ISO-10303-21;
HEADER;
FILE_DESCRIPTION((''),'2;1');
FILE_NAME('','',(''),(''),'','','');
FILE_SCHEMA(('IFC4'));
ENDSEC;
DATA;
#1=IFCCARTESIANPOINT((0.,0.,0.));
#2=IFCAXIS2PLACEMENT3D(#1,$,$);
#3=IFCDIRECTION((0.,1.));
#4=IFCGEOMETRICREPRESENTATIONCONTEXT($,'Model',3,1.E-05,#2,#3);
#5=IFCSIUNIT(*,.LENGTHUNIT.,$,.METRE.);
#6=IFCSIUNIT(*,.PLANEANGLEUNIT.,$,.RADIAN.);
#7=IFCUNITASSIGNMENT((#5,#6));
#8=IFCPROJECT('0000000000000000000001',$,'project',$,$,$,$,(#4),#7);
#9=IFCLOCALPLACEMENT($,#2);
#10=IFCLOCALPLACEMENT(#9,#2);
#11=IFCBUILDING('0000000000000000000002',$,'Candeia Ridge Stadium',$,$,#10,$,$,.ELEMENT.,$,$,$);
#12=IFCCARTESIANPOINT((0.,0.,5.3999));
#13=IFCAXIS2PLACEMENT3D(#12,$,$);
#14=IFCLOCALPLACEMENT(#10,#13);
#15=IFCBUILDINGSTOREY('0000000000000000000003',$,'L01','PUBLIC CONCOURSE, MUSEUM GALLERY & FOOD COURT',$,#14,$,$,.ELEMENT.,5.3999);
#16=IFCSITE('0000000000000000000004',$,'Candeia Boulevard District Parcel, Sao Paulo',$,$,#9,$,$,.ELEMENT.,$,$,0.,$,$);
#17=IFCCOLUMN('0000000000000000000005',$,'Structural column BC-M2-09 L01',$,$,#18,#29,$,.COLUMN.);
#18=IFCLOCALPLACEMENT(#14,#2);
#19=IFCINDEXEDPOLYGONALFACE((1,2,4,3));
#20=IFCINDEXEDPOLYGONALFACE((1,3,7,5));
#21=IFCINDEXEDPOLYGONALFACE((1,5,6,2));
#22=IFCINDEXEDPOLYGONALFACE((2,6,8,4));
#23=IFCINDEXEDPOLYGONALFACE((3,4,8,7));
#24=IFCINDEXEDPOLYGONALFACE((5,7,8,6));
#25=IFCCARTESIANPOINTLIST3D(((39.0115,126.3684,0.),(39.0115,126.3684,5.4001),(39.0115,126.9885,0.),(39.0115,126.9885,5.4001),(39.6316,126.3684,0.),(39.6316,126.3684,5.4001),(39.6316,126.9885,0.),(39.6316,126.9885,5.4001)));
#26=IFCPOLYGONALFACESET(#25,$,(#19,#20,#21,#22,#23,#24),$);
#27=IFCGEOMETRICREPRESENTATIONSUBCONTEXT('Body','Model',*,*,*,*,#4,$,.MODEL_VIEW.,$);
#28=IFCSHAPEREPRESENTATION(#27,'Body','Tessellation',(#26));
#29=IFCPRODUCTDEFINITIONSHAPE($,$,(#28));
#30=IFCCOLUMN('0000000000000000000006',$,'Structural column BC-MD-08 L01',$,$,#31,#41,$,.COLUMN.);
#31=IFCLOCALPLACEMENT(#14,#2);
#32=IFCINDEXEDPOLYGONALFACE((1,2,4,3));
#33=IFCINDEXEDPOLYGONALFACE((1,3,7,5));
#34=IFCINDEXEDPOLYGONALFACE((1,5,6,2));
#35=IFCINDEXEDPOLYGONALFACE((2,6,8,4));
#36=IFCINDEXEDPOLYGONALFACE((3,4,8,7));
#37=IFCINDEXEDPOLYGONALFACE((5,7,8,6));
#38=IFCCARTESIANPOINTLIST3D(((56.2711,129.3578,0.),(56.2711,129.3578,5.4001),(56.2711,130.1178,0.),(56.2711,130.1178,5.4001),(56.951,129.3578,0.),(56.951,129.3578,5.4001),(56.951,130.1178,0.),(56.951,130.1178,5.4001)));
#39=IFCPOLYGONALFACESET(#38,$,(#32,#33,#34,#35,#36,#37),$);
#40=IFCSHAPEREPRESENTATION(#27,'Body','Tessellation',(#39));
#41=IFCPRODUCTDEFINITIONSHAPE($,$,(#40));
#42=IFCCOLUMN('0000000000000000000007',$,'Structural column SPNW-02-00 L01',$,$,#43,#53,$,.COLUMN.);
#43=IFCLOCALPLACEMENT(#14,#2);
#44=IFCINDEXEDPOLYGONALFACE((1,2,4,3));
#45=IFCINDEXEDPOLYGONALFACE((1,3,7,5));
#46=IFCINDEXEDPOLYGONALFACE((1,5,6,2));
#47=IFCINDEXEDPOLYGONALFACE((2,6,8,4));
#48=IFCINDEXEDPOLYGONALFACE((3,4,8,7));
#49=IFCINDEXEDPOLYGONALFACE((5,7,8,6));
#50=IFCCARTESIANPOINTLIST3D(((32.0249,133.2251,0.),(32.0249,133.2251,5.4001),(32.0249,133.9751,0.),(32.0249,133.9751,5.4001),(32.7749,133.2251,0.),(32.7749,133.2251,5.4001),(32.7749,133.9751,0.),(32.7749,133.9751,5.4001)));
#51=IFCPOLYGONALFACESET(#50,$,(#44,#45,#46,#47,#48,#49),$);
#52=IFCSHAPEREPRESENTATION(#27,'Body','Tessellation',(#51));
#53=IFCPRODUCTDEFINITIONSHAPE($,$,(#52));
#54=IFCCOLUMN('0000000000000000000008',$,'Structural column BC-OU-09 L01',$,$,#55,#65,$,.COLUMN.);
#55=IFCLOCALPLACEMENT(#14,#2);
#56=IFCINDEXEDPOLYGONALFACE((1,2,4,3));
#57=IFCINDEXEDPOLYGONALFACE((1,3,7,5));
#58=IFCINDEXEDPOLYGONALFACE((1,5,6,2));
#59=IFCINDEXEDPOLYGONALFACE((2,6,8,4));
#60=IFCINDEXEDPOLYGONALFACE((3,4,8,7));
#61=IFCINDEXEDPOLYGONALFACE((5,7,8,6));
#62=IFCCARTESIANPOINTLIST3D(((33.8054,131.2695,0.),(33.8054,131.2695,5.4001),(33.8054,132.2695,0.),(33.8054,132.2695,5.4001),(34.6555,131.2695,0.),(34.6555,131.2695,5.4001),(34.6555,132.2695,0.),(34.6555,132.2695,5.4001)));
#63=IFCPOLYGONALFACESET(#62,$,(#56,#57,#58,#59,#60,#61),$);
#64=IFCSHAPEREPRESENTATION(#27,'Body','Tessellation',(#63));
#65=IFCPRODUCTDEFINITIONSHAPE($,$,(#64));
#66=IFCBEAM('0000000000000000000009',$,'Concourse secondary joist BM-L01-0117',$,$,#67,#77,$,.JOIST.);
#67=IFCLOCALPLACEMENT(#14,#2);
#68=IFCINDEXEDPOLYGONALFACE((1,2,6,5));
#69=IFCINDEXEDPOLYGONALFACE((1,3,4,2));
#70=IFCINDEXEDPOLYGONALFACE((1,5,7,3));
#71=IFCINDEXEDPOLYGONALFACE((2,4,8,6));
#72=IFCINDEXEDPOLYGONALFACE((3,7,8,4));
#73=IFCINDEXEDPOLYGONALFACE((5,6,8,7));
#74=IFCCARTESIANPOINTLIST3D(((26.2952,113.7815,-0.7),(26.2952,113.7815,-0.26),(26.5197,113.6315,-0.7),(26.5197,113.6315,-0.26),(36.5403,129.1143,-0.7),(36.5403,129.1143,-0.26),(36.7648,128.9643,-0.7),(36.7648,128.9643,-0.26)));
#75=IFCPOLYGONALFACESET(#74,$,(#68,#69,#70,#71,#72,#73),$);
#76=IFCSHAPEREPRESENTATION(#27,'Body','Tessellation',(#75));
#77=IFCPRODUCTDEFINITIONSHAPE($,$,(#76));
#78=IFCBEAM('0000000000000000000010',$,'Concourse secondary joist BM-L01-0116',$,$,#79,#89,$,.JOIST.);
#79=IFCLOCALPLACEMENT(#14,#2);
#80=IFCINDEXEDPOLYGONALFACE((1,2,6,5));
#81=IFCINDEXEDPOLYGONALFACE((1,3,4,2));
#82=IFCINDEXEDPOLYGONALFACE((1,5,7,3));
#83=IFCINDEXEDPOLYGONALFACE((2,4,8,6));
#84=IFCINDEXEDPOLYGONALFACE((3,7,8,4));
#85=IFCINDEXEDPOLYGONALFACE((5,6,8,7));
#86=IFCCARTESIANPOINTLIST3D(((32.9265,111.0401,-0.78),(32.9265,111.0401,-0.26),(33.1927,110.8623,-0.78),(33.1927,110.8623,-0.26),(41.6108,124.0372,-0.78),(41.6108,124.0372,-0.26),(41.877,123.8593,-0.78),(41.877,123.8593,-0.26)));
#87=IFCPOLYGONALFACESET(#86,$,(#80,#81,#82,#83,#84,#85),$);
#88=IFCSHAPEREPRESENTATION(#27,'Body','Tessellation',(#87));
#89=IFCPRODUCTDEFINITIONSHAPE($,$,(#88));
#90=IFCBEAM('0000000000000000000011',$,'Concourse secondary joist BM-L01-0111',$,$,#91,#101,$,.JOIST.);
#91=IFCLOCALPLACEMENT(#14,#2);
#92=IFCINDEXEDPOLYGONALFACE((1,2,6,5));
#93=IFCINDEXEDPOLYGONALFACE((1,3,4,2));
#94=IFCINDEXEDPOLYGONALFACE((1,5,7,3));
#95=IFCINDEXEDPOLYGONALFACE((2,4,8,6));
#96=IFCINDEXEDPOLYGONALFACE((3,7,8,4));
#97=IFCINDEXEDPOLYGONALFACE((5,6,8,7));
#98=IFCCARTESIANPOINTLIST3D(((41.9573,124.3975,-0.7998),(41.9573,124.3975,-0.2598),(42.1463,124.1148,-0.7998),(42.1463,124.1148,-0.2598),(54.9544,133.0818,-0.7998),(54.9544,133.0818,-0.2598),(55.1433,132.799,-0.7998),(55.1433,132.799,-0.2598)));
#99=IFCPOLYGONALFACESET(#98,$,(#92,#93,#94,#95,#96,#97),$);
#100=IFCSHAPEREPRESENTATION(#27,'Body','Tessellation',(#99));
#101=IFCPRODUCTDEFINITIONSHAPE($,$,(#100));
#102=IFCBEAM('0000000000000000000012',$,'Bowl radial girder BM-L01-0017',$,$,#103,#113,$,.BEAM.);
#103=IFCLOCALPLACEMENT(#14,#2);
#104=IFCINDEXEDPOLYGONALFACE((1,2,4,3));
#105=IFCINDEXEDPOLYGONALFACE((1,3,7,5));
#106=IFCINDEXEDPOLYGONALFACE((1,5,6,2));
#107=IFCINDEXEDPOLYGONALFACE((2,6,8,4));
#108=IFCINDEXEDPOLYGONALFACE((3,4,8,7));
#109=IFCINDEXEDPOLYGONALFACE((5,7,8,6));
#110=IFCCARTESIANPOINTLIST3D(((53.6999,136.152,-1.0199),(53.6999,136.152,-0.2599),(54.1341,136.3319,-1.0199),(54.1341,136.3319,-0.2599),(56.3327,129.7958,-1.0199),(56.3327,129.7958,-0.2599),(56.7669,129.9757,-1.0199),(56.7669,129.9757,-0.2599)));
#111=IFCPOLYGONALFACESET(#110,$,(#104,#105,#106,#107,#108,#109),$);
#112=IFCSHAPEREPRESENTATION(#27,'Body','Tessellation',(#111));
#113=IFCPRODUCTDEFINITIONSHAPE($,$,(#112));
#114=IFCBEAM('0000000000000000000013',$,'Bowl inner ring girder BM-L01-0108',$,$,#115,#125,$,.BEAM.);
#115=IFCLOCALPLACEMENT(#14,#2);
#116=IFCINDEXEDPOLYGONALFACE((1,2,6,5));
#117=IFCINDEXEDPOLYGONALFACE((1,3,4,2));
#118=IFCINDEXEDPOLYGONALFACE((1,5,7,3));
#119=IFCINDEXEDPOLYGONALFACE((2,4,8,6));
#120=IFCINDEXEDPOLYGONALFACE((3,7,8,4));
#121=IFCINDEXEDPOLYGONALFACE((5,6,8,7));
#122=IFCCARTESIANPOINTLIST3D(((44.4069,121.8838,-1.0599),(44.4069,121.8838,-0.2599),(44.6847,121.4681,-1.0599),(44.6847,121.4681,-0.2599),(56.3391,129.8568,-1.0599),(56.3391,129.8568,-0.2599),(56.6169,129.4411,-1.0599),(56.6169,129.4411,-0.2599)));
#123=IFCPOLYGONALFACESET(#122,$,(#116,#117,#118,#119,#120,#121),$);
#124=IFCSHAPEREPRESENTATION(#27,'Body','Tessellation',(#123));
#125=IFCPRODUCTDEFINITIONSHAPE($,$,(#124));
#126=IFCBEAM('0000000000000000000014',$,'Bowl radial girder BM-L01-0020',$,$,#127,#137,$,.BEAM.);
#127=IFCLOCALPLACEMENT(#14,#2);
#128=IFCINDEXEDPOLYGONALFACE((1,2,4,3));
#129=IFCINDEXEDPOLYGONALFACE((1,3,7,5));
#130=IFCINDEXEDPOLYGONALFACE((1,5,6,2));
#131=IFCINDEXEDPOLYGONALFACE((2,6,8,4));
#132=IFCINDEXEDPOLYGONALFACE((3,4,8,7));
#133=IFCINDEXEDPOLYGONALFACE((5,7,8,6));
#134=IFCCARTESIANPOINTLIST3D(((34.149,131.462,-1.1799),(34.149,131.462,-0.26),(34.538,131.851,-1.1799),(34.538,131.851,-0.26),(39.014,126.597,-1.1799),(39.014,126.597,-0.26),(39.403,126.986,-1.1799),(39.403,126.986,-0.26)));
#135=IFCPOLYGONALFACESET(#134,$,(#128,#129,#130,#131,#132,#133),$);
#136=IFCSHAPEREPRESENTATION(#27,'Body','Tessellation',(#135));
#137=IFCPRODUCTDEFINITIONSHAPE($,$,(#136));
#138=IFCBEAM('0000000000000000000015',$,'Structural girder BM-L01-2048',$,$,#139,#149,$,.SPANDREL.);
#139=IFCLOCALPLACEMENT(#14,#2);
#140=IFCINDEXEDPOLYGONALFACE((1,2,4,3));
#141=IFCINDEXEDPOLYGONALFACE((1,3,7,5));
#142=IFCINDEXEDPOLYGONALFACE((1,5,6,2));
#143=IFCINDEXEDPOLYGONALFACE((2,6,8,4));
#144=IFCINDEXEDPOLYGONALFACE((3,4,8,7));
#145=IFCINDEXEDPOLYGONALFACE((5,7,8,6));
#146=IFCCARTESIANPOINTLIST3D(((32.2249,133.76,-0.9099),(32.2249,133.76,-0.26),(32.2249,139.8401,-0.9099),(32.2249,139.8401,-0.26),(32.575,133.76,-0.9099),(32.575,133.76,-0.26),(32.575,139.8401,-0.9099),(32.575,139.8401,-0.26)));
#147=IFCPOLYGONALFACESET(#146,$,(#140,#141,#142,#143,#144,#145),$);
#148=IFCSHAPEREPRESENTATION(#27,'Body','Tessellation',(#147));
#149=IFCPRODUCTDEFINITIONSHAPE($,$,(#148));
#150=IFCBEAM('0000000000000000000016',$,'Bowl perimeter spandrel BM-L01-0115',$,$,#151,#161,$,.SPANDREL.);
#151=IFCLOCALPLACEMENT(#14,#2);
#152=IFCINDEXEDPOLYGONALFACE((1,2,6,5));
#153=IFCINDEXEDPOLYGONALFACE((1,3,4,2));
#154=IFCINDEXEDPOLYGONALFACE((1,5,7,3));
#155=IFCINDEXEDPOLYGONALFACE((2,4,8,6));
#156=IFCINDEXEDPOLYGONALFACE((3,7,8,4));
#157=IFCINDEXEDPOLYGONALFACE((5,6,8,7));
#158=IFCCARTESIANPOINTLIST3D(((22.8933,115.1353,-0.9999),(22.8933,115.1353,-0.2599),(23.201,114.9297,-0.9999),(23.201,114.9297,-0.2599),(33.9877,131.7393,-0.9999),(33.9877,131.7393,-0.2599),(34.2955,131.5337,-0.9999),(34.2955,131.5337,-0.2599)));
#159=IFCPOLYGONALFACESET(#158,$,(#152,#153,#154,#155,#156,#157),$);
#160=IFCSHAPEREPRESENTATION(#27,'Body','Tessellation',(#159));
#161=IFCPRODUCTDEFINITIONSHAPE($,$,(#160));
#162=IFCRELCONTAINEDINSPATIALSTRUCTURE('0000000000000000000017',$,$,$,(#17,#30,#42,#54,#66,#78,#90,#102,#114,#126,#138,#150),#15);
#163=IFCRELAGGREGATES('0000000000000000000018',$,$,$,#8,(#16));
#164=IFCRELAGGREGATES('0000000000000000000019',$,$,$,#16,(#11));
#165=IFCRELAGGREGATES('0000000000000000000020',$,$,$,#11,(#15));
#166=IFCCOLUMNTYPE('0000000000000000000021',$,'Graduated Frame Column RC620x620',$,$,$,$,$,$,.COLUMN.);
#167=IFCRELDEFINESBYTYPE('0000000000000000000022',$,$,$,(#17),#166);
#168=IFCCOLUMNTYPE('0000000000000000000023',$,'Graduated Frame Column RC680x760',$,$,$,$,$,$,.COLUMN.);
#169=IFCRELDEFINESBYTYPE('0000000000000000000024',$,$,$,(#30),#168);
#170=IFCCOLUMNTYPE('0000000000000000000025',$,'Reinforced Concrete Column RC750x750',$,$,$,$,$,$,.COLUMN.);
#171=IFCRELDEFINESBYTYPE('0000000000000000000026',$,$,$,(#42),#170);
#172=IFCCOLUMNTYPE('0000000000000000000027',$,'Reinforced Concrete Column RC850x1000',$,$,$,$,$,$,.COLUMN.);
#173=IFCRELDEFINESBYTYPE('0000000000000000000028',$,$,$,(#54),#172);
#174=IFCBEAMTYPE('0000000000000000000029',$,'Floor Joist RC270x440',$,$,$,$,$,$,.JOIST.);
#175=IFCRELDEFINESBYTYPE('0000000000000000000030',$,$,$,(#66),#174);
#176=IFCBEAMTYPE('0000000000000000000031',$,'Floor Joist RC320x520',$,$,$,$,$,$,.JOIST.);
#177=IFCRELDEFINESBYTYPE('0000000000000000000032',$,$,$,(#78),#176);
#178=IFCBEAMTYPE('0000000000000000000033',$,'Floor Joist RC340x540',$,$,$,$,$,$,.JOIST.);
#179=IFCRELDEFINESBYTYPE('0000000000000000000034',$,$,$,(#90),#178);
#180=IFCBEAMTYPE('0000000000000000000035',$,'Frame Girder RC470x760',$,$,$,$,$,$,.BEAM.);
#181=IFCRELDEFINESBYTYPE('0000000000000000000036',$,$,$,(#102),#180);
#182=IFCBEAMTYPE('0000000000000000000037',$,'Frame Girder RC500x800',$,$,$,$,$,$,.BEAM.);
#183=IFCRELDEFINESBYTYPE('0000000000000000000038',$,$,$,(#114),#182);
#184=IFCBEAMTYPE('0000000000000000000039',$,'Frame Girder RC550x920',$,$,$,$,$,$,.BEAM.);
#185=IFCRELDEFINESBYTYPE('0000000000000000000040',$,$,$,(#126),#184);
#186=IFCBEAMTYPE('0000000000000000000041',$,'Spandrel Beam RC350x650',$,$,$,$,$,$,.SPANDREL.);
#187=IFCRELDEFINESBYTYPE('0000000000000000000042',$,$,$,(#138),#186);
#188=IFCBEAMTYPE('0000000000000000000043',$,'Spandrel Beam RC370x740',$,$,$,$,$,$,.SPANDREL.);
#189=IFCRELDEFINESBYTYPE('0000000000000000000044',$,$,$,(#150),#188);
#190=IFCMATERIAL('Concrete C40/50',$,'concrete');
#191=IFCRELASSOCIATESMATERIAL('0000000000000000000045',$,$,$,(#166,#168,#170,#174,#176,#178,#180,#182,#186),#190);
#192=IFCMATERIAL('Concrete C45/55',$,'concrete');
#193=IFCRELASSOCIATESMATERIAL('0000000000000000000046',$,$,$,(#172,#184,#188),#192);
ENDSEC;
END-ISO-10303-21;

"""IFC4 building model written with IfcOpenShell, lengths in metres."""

from ifc_helpers import new_model, si_unit, direction, frame, origin, origin_2d, place, context, subcontext, project, spatial, rectangle, extrude, material, material_profile, profile_set, type_object, element, save


model = new_model("IFC4")

# Units and contexts
model_context = context("Model", 3, precision=1e-05, world=origin(), true_north=direction((0.0, 1.0)))
body_context = subcontext(model_context, "Body", "Model", "MODEL_VIEW")
ifc_project = project(units=[si_unit("LENGTHUNIT", "METRE"), si_unit("PLANEANGLEUNIT", "RADIAN")], contexts=[model_context])

# Site, building, storey
site_placement = place(None, origin())
site = spatial("IfcSite", under=ifc_project, at=site_placement, Name="Candeia Boulevard District Parcel, Sao Paulo", CompositionType="ELEMENT", RefElevation=0.0)
building_placement = place(site_placement, origin())
building = spatial("IfcBuilding", under=site, at=building_placement, Name="Candeia Ridge Stadium", CompositionType="ELEMENT")
storey_placement = place(building_placement, frame((0.0, 0.0, 5.3999)))
storey = spatial("IfcBuildingStorey", under=building, at=storey_placement, Name="L01", Description="PUBLIC CONCOURSE, MUSEUM GALLERY & FOOD COURT", CompositionType="ELEMENT", Elevation=5.3999)

# Columns
ifc_material_1 = material(Name="Concrete C40/50", Category="concrete")
ifc_material_profile_1 = material_profile(ifc_material_1, rectangle(XDim=0.6201, YDim=0.6201, at=origin_2d()), Name="RC620x620", Category="concrete")
ifc_profile_set_1 = profile_set([ifc_material_profile_1], Name="Concrete C40/50")
column_type_1 = type_object("IfcColumnType", Name="Graduated Frame Column RC620x620", PredefinedType="COLUMN", material=ifc_profile_set_1)
column_1_placement = place(storey_placement, frame((39.3215, 126.6785, 0.0), z_axis=(0.0, 0.0, 1.0), x_axis=(1.0, 0.0, 0.0)))
element("IfcColumn", 1, at=column_1_placement, inside=storey, type_object=column_type_1, Name="Structural column BC-M2-09 L01", PredefinedType="COLUMN", context=body_context, shape_type="SweptSolid", body=[
    extrude(rectangle(XDim=0.6201, YDim=0.6201, at=origin_2d()), origin(), (0.0, 0.0, 1.0), 5.4001),
])
ifc_material_profile_2 = material_profile(ifc_material_1, rectangle(XDim=0.6799, YDim=0.76, at=origin_2d()), Name="RC680x760", Category="concrete")
ifc_profile_set_2 = profile_set([ifc_material_profile_2], Name="Concrete C40/50")
column_type_2 = type_object("IfcColumnType", Name="Graduated Frame Column RC680x760", PredefinedType="COLUMN", material=ifc_profile_set_2)
column_2_placement = place(storey_placement, frame((56.6111, 129.7378, 0.0), z_axis=(0.0, 0.0, 1.0), x_axis=(1.0, 0.0, 0.0)))
element("IfcColumn", 2, at=column_2_placement, inside=storey, type_object=column_type_2, Name="Structural column BC-MD-08 L01", PredefinedType="COLUMN", context=body_context, shape_type="SweptSolid", body=[
    extrude(rectangle(XDim=0.6799, YDim=0.76, at=origin_2d()), origin(), (0.0, 0.0, 1.0), 5.4001),
])
ifc_material_profile_3 = material_profile(ifc_material_1, rectangle(XDim=0.75, YDim=0.75, at=origin_2d()), Name="RC750x750", Category="concrete")
ifc_profile_set_3 = profile_set([ifc_material_profile_3], Name="Concrete C40/50")
column_type_3 = type_object("IfcColumnType", Name="Reinforced Concrete Column RC750x750", PredefinedType="COLUMN", material=ifc_profile_set_3)
column_3_placement = place(storey_placement, frame((32.3999, 133.6001, 0.0), z_axis=(0.0, 0.0, 1.0), x_axis=(1.0, 0.0, 0.0)))
element("IfcColumn", 3, at=column_3_placement, inside=storey, type_object=column_type_3, Name="Structural column SPNW-02-00 L01", PredefinedType="COLUMN", context=body_context, shape_type="SweptSolid", body=[
    extrude(rectangle(XDim=0.75, YDim=0.75, at=origin_2d()), origin(), (0.0, 0.0, 1.0), 5.4001),
])
ifc_material_2 = material(Name="Concrete C45/55", Category="concrete")
ifc_material_profile_4 = material_profile(ifc_material_2, rectangle(XDim=0.8501, YDim=1.0, at=origin_2d()), Name="RC850x1000", Category="concrete")
ifc_profile_set_4 = profile_set([ifc_material_profile_4], Name="Concrete C45/55")
column_type_4 = type_object("IfcColumnType", Name="Reinforced Concrete Column RC850x1000", PredefinedType="COLUMN", material=ifc_profile_set_4)
column_4_placement = place(storey_placement, frame((34.2305, 131.7695, 0.0), z_axis=(0.0, 0.0, 1.0), x_axis=(1.0, 0.0, 0.0)))
element("IfcColumn", 4, at=column_4_placement, inside=storey, type_object=column_type_4, Name="Structural column BC-OU-09 L01", PredefinedType="COLUMN", context=body_context, shape_type="SweptSolid", body=[
    extrude(rectangle(XDim=0.8501, YDim=1.0, at=origin_2d()), origin(), (0.0, 0.0, 1.0), 5.4001),
])

# Beams
ifc_material_profile_5 = material_profile(ifc_material_1, rectangle(XDim=0.27, YDim=0.4399, at=origin_2d()), Name="RC270x440", Category="concrete")
ifc_profile_set_5 = profile_set([ifc_material_profile_5], Name="Concrete C40/50")
beam_type_1 = type_object("IfcBeamType", Name="Floor Joist RC270x440", PredefinedType="JOIST", material=ifc_profile_set_5)
beam_1_placement = place(storey_placement, frame((36.6526, 129.0393, -0.48), z_axis=(-0.555574, -0.831467, 0.0), x_axis=(0.831467, -0.555574, 0.0)))
element("IfcBeam", 5, at=beam_1_placement, inside=storey, type_object=beam_type_1, Name="Concourse secondary joist BM-L01-0117", PredefinedType="JOIST", context=body_context, shape_type="SweptSolid", body=[
    extrude(rectangle(XDim=0.27, YDim=0.4399, at=origin_2d()), origin(), (0.0, 0.0, 1.0), 18.4407),
])
ifc_material_profile_6 = material_profile(ifc_material_1, rectangle(XDim=0.3201, YDim=0.52, at=origin_2d()), Name="RC320x520", Category="concrete")
ifc_profile_set_6 = profile_set([ifc_material_profile_6], Name="Concrete C40/50")
beam_type_2 = type_object("IfcBeamType", Name="Floor Joist RC320x520", PredefinedType="JOIST", material=ifc_profile_set_6)
beam_2_placement = place(storey_placement, frame((41.7439, 123.9482, -0.52), z_axis=(-0.555569, -0.831471, 0.0), x_axis=(0.831471, -0.555569, 0.0)))
element("IfcBeam", 6, at=beam_2_placement, inside=storey, type_object=beam_type_2, Name="Concourse secondary joist BM-L01-0116", PredefinedType="JOIST", context=body_context, shape_type="SweptSolid", body=[
    extrude(rectangle(XDim=0.3201, YDim=0.52, at=origin_2d()), origin(), (0.0, 0.0, 1.0), 15.6313),
])
ifc_material_profile_7 = material_profile(ifc_material_1, rectangle(XDim=0.3401, YDim=0.54, at=origin_2d()), Name="RC340x540", Category="concrete")
ifc_profile_set_7 = profile_set([ifc_material_profile_7], Name="Concrete C40/50")
beam_type_3 = type_object("IfcBeamType", Name="Floor Joist RC340x540", PredefinedType="JOIST", material=ifc_profile_set_7)
beam_3_placement = place(storey_placement, frame((55.0488, 132.9404, -0.5298), z_axis=(-0.831471, -0.555569, 0.0), x_axis=(0.555569, -0.831471, 0.0)))
element("IfcBeam", 7, at=beam_3_placement, inside=storey, type_object=beam_type_3, Name="Concourse secondary joist BM-L01-0111", PredefinedType="JOIST", context=body_context, shape_type="SweptSolid", body=[
    extrude(rectangle(XDim=0.3401, YDim=0.54, at=origin_2d()), origin(), (0.0, 0.0, 1.0), 15.6313),
])
ifc_material_profile_8 = material_profile(ifc_material_1, rectangle(XDim=0.47, YDim=0.76, at=origin_2d()), Name="RC470x760", Category="concrete")
ifc_profile_set_8 = profile_set([ifc_material_profile_8], Name="Concrete C40/50")
beam_type_4 = type_object("IfcBeamType", Name="Frame Girder RC470x760", PredefinedType="BEAM", material=ifc_profile_set_8)
beam_4_placement = place(storey_placement, frame((56.5498, 129.8857, -0.6399), z_axis=(-0.382682, 0.92388, 0.0), x_axis=(-0.92388, -0.382682, 0.0)))
element("IfcBeam", 8, at=beam_4_placement, inside=storey, type_object=beam_type_4, Name="Bowl radial girder BM-L01-0017", PredefinedType="BEAM", context=body_context, shape_type="SweptSolid", body=[
    extrude(rectangle(XDim=0.47, YDim=0.76, at=origin_2d()), origin(), (0.0, 0.0, 1.0), 6.8799),
])
ifc_material_profile_9 = material_profile(ifc_material_1, rectangle(XDim=0.5, YDim=0.8, at=origin_2d()), Name="RC500x800", Category="concrete")
ifc_profile_set_9 = profile_set([ifc_material_profile_9], Name="Concrete C40/50")
beam_type_5 = type_object("IfcBeamType", Name="Frame Girder RC500x800", PredefinedType="BEAM", material=ifc_profile_set_9)
beam_5_placement = place(storey_placement, frame((56.478, 129.6489, -0.6599), z_axis=(-0.831466, -0.555575, 0.0), x_axis=(0.555575, -0.831466, 0.0)))
element("IfcBeam", 9, at=beam_5_placement, inside=storey, type_object=beam_type_5, Name="Bowl inner ring girder BM-L01-0108", PredefinedType="BEAM", context=body_context, shape_type="SweptSolid", body=[
    extrude(rectangle(XDim=0.5, YDim=0.8, at=origin_2d()), origin(), (0.0, 0.0, 1.0), 14.3508),
])
ifc_material_profile_10 = material_profile(ifc_material_2, rectangle(XDim=0.55, YDim=0.9199, at=origin_2d()), Name="RC550x920", Category="concrete")
ifc_profile_set_10 = profile_set([ifc_material_profile_10], Name="Concrete C45/55")
beam_type_6 = type_object("IfcBeamType", Name="Frame Girder RC550x920", PredefinedType="BEAM", material=ifc_profile_set_10)
beam_6_placement = place(storey_placement, frame((39.2085, 126.7915, -0.72), z_axis=(-0.707107, 0.707107, 0.0), x_axis=(-0.707107, -0.707107, 0.0)))
element("IfcBeam", 10, at=beam_6_placement, inside=storey, type_object=beam_type_6, Name="Bowl radial girder BM-L01-0020", PredefinedType="BEAM", context=body_context, shape_type="SweptSolid", body=[
    extrude(rectangle(XDim=0.55, YDim=0.9199, at=origin_2d()), origin(), (0.0, 0.0, 1.0), 6.8801),
])
ifc_material_profile_11 = material_profile(ifc_material_1, rectangle(XDim=0.3501, YDim=0.6499, at=origin_2d()), Name="RC350x650", Category="concrete")
ifc_profile_set_11 = profile_set([ifc_material_profile_11], Name="Concrete C40/50")
beam_type_7 = type_object("IfcBeamType", Name="Spandrel Beam RC350x650", PredefinedType="SPANDREL", material=ifc_profile_set_11)
beam_7_placement = place(storey_placement, frame((32.3999, 133.76, -0.585), z_axis=(0.0, 1.0, 0.0), x_axis=(-1.0, 0.0, 0.0)))
element("IfcBeam", 11, at=beam_7_placement, inside=storey, type_object=beam_type_7, Name="Structural girder BM-L01-2048", PredefinedType="SPANDREL", context=body_context, shape_type="SweptSolid", body=[
    extrude(rectangle(XDim=0.3501, YDim=0.6499, at=origin_2d()), origin(), (0.0, 0.0, 1.0), 6.0801),
])
ifc_material_profile_12 = material_profile(ifc_material_2, rectangle(XDim=0.3701, YDim=0.74, at=origin_2d()), Name="RC370x740", Category="concrete")
ifc_profile_set_12 = profile_set([ifc_material_profile_12], Name="Concrete C45/55")
beam_type_8 = type_object("IfcBeamType", Name="Spandrel Beam RC370x740", PredefinedType="SPANDREL", material=ifc_profile_set_12)
beam_8_placement = place(storey_placement, frame((34.1416, 131.6365, -0.6299), z_axis=(-0.555572, -0.831469, 0.0), x_axis=(0.831469, -0.555572, 0.0)))
element("IfcBeam", 12, at=beam_8_placement, inside=storey, type_object=beam_type_8, Name="Bowl perimeter spandrel BM-L01-0115", PredefinedType="SPANDREL", context=body_context, shape_type="SweptSolid", body=[
    extrude(rectangle(XDim=0.3701, YDim=0.74, at=origin_2d()), origin(), (0.0, 0.0, 1.0), 19.9695),
])

save(model, "model.ifc")
